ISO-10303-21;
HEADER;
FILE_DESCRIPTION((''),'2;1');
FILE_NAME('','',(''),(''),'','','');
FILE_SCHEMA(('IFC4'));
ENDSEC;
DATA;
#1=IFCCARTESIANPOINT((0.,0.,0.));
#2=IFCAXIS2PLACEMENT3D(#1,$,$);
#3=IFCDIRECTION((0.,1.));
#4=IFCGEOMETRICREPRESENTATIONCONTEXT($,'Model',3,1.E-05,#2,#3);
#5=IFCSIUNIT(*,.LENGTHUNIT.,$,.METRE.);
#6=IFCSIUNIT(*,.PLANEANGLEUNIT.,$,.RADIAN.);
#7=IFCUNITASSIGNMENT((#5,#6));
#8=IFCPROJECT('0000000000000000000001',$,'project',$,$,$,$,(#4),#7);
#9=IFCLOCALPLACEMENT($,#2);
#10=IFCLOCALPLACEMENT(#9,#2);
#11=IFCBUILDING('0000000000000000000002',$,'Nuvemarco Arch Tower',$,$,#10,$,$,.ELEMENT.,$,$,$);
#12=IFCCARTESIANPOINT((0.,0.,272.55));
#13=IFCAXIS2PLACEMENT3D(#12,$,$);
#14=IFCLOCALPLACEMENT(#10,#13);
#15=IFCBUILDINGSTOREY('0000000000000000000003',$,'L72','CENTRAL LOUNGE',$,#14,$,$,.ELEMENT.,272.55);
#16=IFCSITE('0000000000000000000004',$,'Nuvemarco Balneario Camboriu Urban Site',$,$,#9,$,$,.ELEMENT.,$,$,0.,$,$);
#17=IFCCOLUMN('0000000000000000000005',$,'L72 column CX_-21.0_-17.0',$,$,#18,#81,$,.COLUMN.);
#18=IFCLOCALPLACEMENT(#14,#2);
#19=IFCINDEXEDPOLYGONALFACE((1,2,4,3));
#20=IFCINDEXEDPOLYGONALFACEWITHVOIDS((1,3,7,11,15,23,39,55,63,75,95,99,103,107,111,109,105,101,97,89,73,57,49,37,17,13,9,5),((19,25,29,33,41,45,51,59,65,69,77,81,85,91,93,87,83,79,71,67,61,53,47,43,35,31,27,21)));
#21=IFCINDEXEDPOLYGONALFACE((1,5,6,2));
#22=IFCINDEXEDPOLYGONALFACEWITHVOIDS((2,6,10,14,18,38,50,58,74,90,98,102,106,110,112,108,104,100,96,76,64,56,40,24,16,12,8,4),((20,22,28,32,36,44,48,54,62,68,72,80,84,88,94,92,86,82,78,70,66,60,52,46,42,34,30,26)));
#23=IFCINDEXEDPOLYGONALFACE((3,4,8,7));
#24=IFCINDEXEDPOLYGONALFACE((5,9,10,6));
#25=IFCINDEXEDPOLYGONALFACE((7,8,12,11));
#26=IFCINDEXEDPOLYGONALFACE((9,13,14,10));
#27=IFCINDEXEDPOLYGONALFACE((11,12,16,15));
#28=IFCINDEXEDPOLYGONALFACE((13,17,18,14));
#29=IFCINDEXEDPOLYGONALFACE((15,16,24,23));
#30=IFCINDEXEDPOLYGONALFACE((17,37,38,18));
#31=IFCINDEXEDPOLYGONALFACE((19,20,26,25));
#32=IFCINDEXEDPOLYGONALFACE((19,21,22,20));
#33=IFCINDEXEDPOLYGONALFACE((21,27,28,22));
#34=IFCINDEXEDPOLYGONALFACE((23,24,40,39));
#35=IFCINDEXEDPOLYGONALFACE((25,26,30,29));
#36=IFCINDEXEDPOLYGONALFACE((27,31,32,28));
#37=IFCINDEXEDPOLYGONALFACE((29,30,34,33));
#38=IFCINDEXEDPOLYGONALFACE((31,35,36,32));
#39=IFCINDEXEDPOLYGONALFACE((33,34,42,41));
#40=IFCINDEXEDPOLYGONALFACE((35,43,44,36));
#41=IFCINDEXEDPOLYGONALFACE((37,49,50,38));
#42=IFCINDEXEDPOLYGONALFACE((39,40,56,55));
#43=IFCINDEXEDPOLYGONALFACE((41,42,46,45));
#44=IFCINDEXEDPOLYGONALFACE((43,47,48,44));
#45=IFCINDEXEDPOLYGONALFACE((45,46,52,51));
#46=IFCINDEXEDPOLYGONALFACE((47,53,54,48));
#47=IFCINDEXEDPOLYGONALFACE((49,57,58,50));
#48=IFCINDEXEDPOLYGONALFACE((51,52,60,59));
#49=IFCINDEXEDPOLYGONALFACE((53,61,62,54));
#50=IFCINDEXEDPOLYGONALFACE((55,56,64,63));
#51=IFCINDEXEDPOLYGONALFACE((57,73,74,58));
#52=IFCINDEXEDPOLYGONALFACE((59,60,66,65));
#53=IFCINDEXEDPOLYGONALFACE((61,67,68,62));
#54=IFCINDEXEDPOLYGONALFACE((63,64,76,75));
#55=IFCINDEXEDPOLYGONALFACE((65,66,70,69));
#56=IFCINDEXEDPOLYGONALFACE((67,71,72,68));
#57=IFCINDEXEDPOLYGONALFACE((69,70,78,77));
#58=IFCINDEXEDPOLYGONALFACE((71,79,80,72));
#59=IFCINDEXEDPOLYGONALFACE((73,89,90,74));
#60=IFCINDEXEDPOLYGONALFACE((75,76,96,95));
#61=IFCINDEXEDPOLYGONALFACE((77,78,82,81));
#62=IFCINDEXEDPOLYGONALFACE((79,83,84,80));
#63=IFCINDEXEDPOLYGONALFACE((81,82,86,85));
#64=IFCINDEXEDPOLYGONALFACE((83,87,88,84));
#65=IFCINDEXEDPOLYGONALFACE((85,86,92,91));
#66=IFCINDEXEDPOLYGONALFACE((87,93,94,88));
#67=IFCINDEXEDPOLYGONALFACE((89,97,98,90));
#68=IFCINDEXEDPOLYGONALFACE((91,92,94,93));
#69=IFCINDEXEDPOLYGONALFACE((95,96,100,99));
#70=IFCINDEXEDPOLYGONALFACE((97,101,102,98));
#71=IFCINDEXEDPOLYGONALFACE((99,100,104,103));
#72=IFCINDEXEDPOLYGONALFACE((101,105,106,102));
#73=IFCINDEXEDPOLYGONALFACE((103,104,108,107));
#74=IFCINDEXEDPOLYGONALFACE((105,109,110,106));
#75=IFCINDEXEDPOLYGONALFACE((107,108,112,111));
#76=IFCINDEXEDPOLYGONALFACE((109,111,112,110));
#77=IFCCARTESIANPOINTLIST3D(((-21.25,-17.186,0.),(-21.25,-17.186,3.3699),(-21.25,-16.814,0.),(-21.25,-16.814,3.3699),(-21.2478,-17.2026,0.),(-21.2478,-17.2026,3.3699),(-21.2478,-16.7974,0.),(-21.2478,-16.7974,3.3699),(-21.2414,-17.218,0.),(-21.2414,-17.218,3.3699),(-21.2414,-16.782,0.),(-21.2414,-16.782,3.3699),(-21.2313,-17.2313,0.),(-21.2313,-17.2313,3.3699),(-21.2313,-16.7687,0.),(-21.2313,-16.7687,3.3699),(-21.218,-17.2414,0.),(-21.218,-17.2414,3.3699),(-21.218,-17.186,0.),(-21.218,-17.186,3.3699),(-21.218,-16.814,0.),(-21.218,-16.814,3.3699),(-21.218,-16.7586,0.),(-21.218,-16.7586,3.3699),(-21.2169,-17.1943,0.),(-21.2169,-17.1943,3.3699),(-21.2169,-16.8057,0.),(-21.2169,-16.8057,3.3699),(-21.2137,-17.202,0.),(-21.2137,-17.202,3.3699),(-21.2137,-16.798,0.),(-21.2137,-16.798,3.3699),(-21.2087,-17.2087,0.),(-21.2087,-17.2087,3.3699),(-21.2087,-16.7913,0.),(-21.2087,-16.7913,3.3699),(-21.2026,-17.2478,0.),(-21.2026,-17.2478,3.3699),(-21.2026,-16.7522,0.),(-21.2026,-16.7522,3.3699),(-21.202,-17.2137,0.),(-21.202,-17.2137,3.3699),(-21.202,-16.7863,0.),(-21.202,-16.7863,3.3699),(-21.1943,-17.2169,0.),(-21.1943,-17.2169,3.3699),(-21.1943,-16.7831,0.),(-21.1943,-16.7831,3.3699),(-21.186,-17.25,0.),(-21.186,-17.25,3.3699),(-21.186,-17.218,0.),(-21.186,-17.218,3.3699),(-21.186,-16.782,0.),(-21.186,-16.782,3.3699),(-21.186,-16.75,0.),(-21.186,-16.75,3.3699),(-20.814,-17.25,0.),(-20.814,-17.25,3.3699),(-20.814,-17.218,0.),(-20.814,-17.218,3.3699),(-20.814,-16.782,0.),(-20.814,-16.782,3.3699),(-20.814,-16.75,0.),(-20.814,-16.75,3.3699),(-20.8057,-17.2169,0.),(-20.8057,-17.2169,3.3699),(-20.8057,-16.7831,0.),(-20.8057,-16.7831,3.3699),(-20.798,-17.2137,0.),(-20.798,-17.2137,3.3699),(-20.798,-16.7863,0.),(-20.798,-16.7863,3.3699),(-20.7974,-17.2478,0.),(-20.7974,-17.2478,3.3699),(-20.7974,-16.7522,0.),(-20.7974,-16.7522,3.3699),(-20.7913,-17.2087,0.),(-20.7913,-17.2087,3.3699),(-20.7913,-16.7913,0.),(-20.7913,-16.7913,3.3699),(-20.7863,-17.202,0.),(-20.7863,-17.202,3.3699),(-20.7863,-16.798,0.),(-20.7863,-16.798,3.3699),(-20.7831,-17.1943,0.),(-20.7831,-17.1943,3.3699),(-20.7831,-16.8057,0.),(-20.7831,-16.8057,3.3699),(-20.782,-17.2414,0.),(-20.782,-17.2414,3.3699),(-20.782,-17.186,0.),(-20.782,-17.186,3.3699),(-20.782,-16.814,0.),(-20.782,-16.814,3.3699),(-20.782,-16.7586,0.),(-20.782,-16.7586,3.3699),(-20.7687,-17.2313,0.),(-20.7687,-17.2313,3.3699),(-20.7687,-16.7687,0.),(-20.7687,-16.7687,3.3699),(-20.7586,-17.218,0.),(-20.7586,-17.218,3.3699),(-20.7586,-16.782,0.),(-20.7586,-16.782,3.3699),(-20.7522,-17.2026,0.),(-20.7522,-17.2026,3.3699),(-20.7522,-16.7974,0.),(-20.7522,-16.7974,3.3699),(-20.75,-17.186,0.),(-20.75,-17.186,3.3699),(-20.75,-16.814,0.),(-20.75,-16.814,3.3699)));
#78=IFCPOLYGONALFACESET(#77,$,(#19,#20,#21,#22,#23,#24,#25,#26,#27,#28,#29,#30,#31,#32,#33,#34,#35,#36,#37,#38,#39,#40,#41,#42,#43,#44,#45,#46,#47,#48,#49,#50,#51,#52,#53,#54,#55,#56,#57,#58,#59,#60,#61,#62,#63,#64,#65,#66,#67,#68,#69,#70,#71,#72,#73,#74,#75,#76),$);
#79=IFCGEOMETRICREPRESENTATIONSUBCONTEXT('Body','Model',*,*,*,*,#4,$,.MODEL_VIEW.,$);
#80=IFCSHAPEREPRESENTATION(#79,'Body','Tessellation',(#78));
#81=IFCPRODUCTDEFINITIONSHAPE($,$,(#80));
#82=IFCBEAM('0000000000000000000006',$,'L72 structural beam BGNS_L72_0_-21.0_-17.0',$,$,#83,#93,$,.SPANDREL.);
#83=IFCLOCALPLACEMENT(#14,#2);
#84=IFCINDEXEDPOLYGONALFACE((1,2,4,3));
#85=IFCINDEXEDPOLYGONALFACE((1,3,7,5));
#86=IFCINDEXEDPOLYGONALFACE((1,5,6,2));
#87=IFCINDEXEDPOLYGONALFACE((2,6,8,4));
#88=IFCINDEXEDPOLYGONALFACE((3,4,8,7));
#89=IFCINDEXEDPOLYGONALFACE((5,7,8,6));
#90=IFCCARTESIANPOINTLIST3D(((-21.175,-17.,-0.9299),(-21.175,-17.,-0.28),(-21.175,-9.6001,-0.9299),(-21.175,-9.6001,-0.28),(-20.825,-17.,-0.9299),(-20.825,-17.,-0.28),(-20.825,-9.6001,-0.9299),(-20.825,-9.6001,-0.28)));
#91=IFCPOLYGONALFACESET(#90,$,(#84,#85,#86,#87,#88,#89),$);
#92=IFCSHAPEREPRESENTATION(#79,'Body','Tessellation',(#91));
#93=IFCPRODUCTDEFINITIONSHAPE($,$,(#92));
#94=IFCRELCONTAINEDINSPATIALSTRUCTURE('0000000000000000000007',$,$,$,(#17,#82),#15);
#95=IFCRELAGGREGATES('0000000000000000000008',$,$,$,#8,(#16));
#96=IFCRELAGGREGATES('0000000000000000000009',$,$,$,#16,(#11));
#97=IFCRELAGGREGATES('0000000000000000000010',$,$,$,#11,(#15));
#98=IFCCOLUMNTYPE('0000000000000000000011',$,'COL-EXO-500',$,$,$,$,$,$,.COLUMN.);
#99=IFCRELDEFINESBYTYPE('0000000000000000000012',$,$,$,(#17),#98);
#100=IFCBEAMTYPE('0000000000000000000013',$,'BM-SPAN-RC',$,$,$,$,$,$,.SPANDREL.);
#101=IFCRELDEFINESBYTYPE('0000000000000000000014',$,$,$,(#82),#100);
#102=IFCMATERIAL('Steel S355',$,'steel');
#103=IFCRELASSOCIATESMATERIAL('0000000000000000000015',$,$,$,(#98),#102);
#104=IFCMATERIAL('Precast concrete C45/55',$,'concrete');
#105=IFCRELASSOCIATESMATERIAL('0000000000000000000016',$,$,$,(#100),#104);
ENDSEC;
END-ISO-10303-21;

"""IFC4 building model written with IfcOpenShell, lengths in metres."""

from ifc_helpers import new_model, si_unit, direction, frame, origin, origin_2d, place, context, subcontext, project, spatial, rectangle, hollow_rectangle, extrude, material, material_profile, profile_set, type_object, element, save


model = new_model("IFC4")

# Units and contexts
model_context = context("Model", 3, precision=1e-05, world=origin(), true_north=direction((0.0, 1.0)))
body_context = subcontext(model_context, "Body", "Model", "MODEL_VIEW")
ifc_project = project(units=[si_unit("LENGTHUNIT", "METRE"), si_unit("PLANEANGLEUNIT", "RADIAN")], contexts=[model_context])

# Site, building, storey
site_placement = place(None, origin())
site = spatial("IfcSite", under=ifc_project, at=site_placement, Name="Nuvemarco Balneario Camboriu Urban Site", CompositionType="ELEMENT", RefElevation=0.0)
building_placement = place(site_placement, origin())
building = spatial("IfcBuilding", under=site, at=building_placement, Name="Nuvemarco Arch Tower", CompositionType="ELEMENT")
storey_placement = place(building_placement, frame((0.0, 0.0, 272.55)))
storey = spatial("IfcBuildingStorey", under=building, at=storey_placement, Name="L72", Description="CENTRAL LOUNGE", CompositionType="ELEMENT", Elevation=272.55)

# Column
ifc_material_1 = material(Name="Steel S355", Category="steel")
ifc_material_profile_1 = material_profile(ifc_material_1, hollow_rectangle(XDim=0.5, YDim=0.5, WallThickness=0.032, InnerFilletRadius=0.032, OuterFilletRadius=0.064, at=origin_2d()), Name="SHS500x500x32")
ifc_profile_set_1 = profile_set([ifc_material_profile_1], Name="Steel S355")
column_type = type_object("IfcColumnType", Name="COL-EXO-500", PredefinedType="COLUMN", material=ifc_profile_set_1)
column_placement = place(storey_placement, frame((-21.0, -17.0, 0.0), z_axis=(0.0, 0.0, 1.0), x_axis=(1.0, 0.0, 0.0)))
element("IfcColumn", 1, at=column_placement, inside=storey, type_object=column_type, Name="L72 column CX_-21.0_-17.0", PredefinedType="COLUMN", context=body_context, shape_type="SweptSolid", body=[
    extrude(hollow_rectangle(XDim=0.5, YDim=0.5, WallThickness=0.032, InnerFilletRadius=0.032, OuterFilletRadius=0.064, at=origin_2d()), origin(), (0.0, 0.0, 1.0), 3.3699),
])

# Beam
ifc_material_2 = material(Name="Precast concrete C45/55", Category="concrete")
ifc_material_profile_2 = material_profile(ifc_material_2, rectangle(XDim=0.3501, YDim=0.6499, at=origin_2d()), Name="PC-SP-350x650")
ifc_profile_set_2 = profile_set([ifc_material_profile_2], Name="Precast concrete C45/55")
beam_type = type_object("IfcBeamType", Name="BM-SPAN-RC", PredefinedType="SPANDREL", material=ifc_profile_set_2)
beam_placement = place(storey_placement, frame((-21.0, -17.0, -0.605), z_axis=(0.0, 1.0, 0.0), x_axis=(-1.0, 0.0, 0.0)))
element("IfcBeam", 2, at=beam_placement, inside=storey, type_object=beam_type, Name="L72 structural beam BGNS_L72_0_-21.0_-17.0", PredefinedType="SPANDREL", context=body_context, shape_type="SweptSolid", body=[
    extrude(rectangle(XDim=0.3501, YDim=0.6499, at=origin_2d()), origin(), (0.0, 0.0, 1.0), 7.3999),
])

save(model, "model.ifc")
